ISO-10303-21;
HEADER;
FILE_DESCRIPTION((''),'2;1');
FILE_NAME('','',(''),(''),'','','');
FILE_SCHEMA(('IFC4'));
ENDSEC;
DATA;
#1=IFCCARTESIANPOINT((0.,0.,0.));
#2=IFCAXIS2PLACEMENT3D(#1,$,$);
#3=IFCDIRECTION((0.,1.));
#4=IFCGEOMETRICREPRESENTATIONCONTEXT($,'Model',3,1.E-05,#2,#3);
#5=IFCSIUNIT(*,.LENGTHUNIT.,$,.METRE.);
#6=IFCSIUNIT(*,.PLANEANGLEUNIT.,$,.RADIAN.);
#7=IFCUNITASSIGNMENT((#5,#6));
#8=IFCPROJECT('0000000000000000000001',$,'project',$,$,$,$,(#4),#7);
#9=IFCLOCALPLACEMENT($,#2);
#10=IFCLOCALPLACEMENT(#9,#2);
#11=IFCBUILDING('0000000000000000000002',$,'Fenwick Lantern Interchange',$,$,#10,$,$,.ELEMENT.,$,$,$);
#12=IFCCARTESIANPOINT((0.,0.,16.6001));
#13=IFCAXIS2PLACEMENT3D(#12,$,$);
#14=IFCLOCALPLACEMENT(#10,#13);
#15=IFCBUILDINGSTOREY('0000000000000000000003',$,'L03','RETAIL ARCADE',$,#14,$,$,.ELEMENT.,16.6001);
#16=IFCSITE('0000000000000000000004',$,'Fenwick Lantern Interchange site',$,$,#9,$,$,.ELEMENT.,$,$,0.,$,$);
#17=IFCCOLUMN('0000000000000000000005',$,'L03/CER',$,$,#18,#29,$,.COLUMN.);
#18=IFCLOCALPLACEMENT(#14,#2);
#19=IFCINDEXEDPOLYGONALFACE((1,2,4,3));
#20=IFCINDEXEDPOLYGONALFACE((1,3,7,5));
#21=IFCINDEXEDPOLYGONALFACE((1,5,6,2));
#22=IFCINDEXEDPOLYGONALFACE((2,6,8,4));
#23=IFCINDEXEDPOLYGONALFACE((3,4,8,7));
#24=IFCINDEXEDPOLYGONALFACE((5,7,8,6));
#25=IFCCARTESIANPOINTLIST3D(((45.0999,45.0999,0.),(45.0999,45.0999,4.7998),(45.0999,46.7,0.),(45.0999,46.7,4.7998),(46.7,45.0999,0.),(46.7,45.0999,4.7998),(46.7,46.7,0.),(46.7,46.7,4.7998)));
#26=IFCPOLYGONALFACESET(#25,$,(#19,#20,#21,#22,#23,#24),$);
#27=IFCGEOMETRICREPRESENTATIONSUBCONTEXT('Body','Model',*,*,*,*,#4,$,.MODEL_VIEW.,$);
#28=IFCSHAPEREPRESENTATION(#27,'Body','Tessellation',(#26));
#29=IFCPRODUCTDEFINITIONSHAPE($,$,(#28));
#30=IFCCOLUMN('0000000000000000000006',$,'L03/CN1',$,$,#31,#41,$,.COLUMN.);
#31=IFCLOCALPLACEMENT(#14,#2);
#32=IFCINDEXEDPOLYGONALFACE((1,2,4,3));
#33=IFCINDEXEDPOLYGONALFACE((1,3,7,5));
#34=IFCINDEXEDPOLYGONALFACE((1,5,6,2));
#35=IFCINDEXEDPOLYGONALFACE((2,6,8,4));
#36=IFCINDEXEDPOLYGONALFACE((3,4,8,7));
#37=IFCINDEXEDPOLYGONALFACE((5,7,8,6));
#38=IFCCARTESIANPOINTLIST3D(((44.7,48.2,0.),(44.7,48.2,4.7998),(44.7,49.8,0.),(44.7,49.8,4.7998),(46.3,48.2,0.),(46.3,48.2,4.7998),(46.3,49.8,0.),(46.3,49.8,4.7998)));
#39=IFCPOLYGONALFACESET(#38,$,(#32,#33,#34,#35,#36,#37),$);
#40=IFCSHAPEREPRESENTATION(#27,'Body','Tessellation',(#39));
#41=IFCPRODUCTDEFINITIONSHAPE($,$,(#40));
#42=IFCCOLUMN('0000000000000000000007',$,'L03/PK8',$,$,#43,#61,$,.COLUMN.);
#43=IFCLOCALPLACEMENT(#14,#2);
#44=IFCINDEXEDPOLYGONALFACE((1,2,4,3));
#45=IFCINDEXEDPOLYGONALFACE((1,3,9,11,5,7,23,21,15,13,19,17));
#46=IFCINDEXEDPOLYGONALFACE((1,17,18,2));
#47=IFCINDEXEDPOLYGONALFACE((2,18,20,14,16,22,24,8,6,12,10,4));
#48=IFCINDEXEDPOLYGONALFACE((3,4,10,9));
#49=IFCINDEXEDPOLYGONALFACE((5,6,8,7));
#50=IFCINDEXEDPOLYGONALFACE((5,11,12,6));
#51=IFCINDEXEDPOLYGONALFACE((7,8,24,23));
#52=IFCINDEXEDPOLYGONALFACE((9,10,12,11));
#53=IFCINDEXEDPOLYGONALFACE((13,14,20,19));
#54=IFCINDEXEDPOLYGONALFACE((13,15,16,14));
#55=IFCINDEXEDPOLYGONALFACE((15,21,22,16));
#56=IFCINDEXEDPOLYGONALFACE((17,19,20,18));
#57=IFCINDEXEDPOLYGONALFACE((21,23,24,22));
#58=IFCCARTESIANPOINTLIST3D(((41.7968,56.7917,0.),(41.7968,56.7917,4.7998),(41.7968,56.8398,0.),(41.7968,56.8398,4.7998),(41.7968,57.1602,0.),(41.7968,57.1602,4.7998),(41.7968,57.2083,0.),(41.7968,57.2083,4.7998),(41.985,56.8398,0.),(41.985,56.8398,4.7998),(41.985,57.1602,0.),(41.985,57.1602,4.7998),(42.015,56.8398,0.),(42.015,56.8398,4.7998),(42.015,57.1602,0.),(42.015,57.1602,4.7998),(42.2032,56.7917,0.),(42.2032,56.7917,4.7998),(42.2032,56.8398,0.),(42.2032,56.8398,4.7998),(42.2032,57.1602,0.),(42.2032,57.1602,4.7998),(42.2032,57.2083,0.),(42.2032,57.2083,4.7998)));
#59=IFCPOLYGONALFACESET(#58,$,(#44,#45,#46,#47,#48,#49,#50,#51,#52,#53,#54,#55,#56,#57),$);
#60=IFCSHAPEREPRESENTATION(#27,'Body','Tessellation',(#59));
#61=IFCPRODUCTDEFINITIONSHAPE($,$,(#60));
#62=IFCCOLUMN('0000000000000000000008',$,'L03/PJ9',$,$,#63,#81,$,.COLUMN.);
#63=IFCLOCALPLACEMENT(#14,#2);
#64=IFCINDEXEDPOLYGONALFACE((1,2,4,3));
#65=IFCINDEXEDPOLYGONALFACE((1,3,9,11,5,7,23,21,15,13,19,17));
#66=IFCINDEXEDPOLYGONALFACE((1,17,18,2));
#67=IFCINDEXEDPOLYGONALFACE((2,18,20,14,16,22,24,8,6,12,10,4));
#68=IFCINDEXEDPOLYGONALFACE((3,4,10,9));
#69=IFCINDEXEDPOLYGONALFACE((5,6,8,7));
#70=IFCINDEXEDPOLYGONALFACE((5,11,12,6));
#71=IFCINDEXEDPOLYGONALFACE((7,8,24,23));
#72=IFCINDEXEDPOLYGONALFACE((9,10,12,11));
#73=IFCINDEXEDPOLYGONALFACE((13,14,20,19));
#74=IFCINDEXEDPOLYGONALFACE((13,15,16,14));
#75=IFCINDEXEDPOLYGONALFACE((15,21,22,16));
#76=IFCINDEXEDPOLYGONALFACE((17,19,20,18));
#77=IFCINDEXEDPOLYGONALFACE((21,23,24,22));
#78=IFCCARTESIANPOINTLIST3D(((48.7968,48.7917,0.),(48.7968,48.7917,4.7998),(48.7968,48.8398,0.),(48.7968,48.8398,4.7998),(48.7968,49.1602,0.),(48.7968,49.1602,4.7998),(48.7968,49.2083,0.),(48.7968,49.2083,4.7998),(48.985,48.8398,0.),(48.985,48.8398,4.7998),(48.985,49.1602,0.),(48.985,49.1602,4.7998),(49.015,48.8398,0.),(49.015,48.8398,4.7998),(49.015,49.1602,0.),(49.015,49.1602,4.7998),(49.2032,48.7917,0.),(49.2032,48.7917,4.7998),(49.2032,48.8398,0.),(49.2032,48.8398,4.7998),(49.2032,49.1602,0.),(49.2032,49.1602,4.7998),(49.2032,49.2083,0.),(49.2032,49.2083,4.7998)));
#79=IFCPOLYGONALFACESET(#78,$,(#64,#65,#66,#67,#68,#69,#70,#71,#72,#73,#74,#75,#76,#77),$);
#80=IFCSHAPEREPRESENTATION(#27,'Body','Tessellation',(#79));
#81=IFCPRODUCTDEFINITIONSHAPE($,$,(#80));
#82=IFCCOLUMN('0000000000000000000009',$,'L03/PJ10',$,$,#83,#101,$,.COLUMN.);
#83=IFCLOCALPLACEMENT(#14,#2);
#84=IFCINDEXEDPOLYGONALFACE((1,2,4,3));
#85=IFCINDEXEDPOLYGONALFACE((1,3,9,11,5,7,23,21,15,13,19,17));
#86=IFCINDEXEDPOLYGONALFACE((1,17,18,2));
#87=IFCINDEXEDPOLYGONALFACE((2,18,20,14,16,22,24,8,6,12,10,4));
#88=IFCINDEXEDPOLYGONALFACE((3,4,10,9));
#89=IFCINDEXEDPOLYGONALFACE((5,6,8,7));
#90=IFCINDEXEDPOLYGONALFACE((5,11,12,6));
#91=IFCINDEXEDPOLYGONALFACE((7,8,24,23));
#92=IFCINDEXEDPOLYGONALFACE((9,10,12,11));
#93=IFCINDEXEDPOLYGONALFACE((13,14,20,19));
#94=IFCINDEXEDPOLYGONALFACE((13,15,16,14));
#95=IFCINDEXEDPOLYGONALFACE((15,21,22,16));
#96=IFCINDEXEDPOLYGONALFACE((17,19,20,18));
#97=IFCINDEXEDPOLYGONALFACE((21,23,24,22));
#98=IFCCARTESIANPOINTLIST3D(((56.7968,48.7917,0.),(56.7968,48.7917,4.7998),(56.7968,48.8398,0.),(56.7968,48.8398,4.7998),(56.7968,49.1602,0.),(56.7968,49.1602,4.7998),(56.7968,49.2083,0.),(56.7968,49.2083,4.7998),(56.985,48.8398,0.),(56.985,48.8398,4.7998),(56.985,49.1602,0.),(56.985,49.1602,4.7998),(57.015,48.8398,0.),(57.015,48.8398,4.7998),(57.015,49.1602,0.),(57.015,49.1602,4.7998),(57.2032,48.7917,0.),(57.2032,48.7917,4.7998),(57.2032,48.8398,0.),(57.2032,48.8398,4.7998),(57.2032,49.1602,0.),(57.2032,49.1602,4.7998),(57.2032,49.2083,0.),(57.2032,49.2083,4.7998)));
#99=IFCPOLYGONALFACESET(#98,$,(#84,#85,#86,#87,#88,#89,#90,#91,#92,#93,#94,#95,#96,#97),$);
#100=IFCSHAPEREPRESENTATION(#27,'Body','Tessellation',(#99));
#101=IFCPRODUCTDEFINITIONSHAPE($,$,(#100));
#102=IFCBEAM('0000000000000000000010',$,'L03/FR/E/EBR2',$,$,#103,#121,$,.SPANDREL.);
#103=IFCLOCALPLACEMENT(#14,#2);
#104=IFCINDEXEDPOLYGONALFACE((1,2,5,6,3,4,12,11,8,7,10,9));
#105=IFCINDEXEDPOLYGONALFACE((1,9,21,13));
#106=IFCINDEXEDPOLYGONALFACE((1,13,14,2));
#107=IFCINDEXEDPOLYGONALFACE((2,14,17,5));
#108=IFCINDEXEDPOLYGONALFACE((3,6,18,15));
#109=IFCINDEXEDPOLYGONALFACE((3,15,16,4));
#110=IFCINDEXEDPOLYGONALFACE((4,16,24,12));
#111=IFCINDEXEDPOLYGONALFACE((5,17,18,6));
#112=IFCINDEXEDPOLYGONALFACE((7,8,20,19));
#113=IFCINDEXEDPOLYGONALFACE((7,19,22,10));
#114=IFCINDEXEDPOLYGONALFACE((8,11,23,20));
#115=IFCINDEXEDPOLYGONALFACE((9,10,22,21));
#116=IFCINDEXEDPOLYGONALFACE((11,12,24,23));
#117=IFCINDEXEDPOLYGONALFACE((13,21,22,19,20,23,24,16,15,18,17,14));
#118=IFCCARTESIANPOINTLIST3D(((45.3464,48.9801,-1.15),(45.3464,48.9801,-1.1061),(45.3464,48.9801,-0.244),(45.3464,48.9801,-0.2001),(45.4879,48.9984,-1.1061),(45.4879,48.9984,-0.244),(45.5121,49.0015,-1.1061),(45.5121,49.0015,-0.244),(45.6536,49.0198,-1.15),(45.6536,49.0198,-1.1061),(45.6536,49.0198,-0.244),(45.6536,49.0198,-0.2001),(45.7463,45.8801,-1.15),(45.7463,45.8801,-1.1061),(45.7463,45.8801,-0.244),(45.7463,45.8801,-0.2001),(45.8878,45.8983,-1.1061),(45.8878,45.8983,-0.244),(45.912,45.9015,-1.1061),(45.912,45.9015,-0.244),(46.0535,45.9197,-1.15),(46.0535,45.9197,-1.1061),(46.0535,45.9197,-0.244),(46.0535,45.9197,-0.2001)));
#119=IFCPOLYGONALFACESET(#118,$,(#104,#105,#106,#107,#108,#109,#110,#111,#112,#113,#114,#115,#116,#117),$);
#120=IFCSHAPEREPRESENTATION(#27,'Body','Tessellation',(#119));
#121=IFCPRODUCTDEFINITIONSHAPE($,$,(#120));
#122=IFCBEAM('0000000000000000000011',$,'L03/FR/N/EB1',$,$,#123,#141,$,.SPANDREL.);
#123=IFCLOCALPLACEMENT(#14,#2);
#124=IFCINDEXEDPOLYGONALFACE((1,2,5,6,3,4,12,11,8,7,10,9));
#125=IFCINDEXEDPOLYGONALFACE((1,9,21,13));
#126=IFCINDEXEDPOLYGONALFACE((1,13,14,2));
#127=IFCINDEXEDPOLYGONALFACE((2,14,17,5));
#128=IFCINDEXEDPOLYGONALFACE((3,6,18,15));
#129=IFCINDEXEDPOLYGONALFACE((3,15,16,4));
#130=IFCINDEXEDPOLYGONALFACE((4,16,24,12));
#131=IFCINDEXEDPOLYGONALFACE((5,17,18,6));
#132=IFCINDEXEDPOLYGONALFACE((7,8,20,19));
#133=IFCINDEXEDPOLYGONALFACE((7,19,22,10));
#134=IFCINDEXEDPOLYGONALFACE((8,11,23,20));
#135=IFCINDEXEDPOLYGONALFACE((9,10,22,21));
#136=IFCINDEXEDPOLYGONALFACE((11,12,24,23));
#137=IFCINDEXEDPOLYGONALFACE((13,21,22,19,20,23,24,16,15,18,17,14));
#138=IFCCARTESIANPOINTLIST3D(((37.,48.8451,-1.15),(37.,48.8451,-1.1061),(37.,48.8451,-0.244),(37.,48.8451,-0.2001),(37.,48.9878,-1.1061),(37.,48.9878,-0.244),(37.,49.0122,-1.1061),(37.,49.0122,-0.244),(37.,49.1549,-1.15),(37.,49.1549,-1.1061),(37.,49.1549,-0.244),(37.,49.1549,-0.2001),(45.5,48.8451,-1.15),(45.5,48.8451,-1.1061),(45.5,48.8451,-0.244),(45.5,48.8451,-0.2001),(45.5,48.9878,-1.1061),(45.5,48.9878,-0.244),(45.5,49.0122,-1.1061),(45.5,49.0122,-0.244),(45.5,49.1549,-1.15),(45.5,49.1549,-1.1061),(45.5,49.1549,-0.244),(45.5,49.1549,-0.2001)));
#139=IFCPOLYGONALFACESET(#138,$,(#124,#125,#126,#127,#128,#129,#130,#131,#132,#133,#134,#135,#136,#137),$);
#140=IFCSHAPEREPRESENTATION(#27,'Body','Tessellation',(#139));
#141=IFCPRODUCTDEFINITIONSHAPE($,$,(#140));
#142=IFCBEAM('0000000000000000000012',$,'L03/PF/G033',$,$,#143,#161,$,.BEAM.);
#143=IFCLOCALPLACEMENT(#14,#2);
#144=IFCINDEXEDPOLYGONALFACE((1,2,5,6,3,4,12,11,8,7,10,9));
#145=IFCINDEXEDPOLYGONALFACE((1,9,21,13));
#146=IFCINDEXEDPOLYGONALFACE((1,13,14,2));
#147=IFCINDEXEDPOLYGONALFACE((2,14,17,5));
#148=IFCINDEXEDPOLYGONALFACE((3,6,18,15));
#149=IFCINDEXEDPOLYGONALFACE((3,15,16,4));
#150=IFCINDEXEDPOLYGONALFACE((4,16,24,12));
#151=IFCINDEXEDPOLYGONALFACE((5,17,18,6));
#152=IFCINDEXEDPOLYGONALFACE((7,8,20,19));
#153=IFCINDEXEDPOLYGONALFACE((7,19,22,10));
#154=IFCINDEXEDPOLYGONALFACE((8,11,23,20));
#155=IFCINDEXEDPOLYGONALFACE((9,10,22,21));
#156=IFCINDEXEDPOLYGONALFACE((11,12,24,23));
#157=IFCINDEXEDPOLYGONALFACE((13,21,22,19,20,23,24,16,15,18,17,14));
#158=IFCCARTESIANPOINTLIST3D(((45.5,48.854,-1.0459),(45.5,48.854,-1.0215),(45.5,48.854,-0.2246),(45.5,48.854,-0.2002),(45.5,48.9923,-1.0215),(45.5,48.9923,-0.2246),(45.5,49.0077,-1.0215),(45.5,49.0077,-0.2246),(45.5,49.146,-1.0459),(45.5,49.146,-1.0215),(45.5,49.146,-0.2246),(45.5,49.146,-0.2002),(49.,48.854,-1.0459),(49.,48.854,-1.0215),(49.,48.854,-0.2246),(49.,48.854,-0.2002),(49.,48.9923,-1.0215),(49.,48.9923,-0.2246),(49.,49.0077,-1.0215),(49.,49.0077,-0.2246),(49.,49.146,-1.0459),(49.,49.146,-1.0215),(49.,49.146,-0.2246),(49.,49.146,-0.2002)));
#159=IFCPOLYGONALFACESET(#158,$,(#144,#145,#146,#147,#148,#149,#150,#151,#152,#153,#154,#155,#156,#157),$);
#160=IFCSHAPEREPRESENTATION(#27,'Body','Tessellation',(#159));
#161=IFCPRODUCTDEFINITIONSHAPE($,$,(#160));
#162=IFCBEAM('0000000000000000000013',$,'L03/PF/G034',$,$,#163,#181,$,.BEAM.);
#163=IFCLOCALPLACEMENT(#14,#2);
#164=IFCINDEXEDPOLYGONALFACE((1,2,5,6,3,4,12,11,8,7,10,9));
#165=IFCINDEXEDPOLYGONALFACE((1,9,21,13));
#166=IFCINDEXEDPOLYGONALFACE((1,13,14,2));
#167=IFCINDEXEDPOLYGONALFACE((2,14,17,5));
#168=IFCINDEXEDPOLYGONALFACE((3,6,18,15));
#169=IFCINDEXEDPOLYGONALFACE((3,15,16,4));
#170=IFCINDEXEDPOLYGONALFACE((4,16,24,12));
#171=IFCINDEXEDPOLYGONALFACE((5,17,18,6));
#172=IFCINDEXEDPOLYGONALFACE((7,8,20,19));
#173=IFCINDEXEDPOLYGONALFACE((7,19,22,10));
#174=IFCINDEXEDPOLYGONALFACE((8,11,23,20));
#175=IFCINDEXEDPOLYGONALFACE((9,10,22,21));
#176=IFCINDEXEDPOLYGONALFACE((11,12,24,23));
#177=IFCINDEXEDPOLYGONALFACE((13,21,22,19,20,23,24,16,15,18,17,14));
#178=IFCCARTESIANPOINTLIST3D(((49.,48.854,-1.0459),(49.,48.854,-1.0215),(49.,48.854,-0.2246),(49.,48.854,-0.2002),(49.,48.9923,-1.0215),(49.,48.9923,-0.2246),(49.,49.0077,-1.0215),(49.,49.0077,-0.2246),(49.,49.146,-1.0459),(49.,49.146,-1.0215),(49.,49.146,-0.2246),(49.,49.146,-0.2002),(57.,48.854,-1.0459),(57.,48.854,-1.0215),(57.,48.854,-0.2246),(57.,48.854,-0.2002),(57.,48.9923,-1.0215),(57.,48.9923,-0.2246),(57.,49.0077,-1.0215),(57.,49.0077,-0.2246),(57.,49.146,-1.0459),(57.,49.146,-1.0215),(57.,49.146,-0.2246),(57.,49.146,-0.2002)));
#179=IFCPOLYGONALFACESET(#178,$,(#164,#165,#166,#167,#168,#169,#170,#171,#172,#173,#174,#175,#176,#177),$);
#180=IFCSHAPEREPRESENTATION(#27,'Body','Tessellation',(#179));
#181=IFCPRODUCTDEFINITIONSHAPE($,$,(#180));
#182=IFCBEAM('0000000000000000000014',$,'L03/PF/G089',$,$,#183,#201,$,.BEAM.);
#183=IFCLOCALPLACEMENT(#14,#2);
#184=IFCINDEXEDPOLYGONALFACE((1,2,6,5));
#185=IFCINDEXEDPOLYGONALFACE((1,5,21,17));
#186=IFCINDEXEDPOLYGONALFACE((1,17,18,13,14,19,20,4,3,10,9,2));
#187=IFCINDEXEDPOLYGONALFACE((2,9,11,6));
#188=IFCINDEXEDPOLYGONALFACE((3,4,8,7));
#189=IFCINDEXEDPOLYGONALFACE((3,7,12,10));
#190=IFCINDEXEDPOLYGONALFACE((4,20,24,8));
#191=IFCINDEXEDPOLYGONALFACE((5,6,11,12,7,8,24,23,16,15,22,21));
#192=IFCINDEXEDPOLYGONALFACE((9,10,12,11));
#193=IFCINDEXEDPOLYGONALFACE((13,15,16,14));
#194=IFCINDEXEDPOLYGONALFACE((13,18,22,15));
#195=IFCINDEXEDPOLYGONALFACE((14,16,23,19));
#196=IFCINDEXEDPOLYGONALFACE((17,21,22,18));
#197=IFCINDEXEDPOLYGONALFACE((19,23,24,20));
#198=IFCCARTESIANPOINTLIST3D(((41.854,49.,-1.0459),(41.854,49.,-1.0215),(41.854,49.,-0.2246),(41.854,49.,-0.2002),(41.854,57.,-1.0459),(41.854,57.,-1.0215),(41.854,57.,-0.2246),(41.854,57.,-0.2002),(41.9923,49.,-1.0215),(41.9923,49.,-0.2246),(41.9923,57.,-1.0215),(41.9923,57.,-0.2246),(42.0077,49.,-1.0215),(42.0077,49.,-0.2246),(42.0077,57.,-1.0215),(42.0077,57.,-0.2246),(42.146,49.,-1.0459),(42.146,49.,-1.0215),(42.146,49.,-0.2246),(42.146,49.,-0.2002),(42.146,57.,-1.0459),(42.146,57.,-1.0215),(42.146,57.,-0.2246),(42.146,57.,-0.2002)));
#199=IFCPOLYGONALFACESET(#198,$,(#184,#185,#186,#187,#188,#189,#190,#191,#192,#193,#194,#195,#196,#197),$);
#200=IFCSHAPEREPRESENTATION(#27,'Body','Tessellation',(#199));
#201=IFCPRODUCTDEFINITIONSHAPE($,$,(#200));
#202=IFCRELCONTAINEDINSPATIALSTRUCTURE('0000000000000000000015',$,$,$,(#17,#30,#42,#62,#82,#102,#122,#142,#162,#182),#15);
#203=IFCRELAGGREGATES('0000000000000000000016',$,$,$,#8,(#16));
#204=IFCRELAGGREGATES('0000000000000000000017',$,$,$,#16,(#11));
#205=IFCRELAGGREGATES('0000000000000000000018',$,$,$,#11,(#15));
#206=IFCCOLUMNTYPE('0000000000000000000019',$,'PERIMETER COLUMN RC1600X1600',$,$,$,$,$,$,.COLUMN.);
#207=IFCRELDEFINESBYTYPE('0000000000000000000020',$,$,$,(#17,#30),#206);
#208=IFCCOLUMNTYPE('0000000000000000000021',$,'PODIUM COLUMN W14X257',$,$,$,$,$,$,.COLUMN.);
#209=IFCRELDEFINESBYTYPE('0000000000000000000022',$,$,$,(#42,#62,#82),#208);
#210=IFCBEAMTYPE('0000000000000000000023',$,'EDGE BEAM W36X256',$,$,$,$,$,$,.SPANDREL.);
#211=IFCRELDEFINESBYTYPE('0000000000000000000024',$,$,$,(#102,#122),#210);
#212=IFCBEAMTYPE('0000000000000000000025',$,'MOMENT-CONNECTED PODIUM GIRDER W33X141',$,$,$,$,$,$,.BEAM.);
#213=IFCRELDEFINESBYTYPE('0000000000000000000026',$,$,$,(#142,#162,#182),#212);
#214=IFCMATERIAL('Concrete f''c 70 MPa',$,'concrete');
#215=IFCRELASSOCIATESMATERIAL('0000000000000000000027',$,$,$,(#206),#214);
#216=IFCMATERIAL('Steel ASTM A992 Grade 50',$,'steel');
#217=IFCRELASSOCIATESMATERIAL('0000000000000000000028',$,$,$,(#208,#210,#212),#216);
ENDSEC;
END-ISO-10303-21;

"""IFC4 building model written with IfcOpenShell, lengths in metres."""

from ifc_helpers import new_model, si_unit, direction, frame, origin, origin_2d, place, context, subcontext, project, spatial, rectangle, i_section, extrude, material, material_profile, profile_set, type_object, element, save


model = new_model("IFC4")

# Units and contexts
model_context = context("Model", 3, precision=1e-05, world=origin(), true_north=direction((0.0, 1.0)))
body_context = subcontext(model_context, "Body", "Model", "MODEL_VIEW")
ifc_project = project(units=[si_unit("LENGTHUNIT", "METRE"), si_unit("PLANEANGLEUNIT", "RADIAN")], contexts=[model_context])

# Site, building, storey
site_placement = place(None, origin())
site = spatial("IfcSite", under=ifc_project, at=site_placement, Name="Fenwick Lantern Interchange site", CompositionType="ELEMENT", RefElevation=0.0)
building_placement = place(site_placement, origin())
building = spatial("IfcBuilding", under=site, at=building_placement, Name="Fenwick Lantern Interchange", CompositionType="ELEMENT")
storey_placement = place(building_placement, frame((0.0, 0.0, 16.6001)))
storey = spatial("IfcBuildingStorey", under=building, at=storey_placement, Name="L03", Description="RETAIL ARCADE", CompositionType="ELEMENT", Elevation=16.6001)

# Columns
ifc_material_1 = material(Name="Concrete f'c 70 MPa", Category="concrete")
ifc_material_profile_1 = material_profile(ifc_material_1, rectangle(XDim=1.6001, YDim=1.6001, at=origin_2d()), Name="RC1600X1600")
ifc_profile_set_1 = profile_set([ifc_material_profile_1], Name="Concrete f'c 70 MPa")
column_type_1 = type_object("IfcColumnType", Name="PERIMETER COLUMN RC1600X1600", PredefinedType="COLUMN", material=ifc_profile_set_1)
for number, where, z_axis, x_axis, name in (
    (1, (45.8999, 45.8999, 0.0), (0.0, 0.0, 1.0), (1.0, 0.0, 0.0), "L03/CER"),
    (2, (45.5, 49.0, 0.0), (0.0, 0.0, 1.0), (1.0, 0.0, 0.0), "L03/CN1"),
):
    element("IfcColumn", number, at=place(storey_placement, frame(where, z_axis=z_axis, x_axis=x_axis)), inside=storey, type_object=column_type_1, Name=name, PredefinedType="COLUMN", context=body_context, shape_type="SweptSolid", body=[
        extrude(rectangle(XDim=1.6001, YDim=1.6001, at=origin_2d()), origin(), (0.0, 0.0, 1.0), 4.7998),
    ])
ifc_material_2 = material(Name="Steel ASTM A992 Grade 50", Category="steel")
ifc_material_profile_2 = material_profile(ifc_material_2, i_section(OverallWidth=0.4065, OverallDepth=0.4165, WebThickness=0.03, FlangeThickness=0.0481, at=origin_2d()), Name="W14X257")
ifc_profile_set_2 = profile_set([ifc_material_profile_2], Name="Steel ASTM A992 Grade 50")
column_type_2 = type_object("IfcColumnType", Name="PODIUM COLUMN W14X257", PredefinedType="COLUMN", material=ifc_profile_set_2)
for number, where, z_axis, x_axis, name in (
    (3, (42.0, 57.0, 0.0), (0.0, 0.0, 1.0), (1.0, 0.0, 0.0), "L03/PK8"),
    (4, (49.0, 49.0, 0.0), (0.0, 0.0, 1.0), (1.0, 0.0, 0.0), "L03/PJ9"),
    (5, (57.0, 49.0, 0.0), (0.0, 0.0, 1.0), (1.0, 0.0, 0.0), "L03/PJ10"),
):
    element("IfcColumn", number, at=place(storey_placement, frame(where, z_axis=z_axis, x_axis=x_axis)), inside=storey, type_object=column_type_2, Name=name, PredefinedType="COLUMN", context=body_context, shape_type="SweptSolid", body=[
        extrude(i_section(OverallWidth=0.4065, OverallDepth=0.4165, WebThickness=0.03, FlangeThickness=0.0481, at=origin_2d()), origin(), (0.0, 0.0, 1.0), 4.7998),
    ])

# Beams
ifc_material_profile_3 = material_profile(ifc_material_2, i_section(OverallWidth=0.3098, OverallDepth=0.95, WebThickness=0.0244, FlangeThickness=0.0439, at=origin_2d()), Name="W36X256")
ifc_profile_set_3 = profile_set([ifc_material_profile_3], Name="Steel ASTM A992 Grade 50")
beam_type_1 = type_object("IfcBeamType", Name="EDGE BEAM W36X256", PredefinedType="SPANDREL", material=ifc_profile_set_3)
beam_1_placement = place(storey_placement, frame((45.8999, 45.8999, -0.675), z_axis=(-0.127937, 0.991782, 0.0), x_axis=(-0.991782, -0.127937, 0.0)))
element("IfcBeam", 6, at=beam_1_placement, inside=storey, type_object=beam_type_1, Name="L03/FR/E/EBR2", PredefinedType="SPANDREL", context=body_context, shape_type="SweptSolid", body=[
    extrude(i_section(OverallWidth=0.3098, OverallDepth=0.95, WebThickness=0.0244, FlangeThickness=0.0439, at=origin_2d()), origin(), (0.0, 0.0, 1.0), 3.1257),
])
beam_2_placement = place(storey_placement, frame((45.5, 49.0, -0.675), z_axis=(-1.0, 0.0, 0.0), x_axis=(0.0, -1.0, 0.0)))
element("IfcBeam", 7, at=beam_2_placement, inside=storey, type_object=beam_type_1, Name="L03/FR/N/EB1", PredefinedType="SPANDREL", context=body_context, shape_type="SweptSolid", body=[
    extrude(i_section(OverallWidth=0.3098, OverallDepth=0.95, WebThickness=0.0244, FlangeThickness=0.0439, at=origin_2d()), origin(), (0.0, 0.0, 1.0), 8.5),
])
ifc_material_profile_4 = material_profile(ifc_material_2, i_section(OverallWidth=0.292, OverallDepth=0.8457, WebThickness=0.0154, FlangeThickness=0.0244, at=origin_2d()), Name="W33X141")
ifc_profile_set_4 = profile_set([ifc_material_profile_4], Name="Steel ASTM A992 Grade 50")
beam_type_2 = type_object("IfcBeamType", Name="MOMENT-CONNECTED PODIUM GIRDER W33X141", PredefinedType="BEAM", material=ifc_profile_set_4)
beam_3_placement = place(storey_placement, frame((45.5, 49.0, -0.623), z_axis=(1.0, 0.0, 0.0), x_axis=(0.0, 1.0, 0.0)))
element("IfcBeam", 8, at=beam_3_placement, inside=storey, type_object=beam_type_2, Name="L03/PF/G033", PredefinedType="BEAM", context=body_context, shape_type="SweptSolid", body=[
    extrude(i_section(OverallWidth=0.292, OverallDepth=0.8457, WebThickness=0.0154, FlangeThickness=0.0244, at=origin_2d()), origin(), (0.0, 0.0, 1.0), 3.5),
])
for number, where, z_axis, x_axis, name in (
    (9, (49.0, 49.0, -0.623), (1.0, 0.0, 0.0), (0.0, 1.0, 0.0), "L03/PF/G034"),
    (10, (42.0, 49.0, -0.623), (0.0, 1.0, 0.0), (-1.0, 0.0, 0.0), "L03/PF/G089"),
):
    element("IfcBeam", number, at=place(storey_placement, frame(where, z_axis=z_axis, x_axis=x_axis)), inside=storey, type_object=beam_type_2, Name=name, PredefinedType="BEAM", context=body_context, shape_type="SweptSolid", body=[
        extrude(i_section(OverallWidth=0.292, OverallDepth=0.8457, WebThickness=0.0154, FlangeThickness=0.0244, at=origin_2d()), origin(), (0.0, 0.0, 1.0), 8.0),
    ])

save(model, "model.ifc")
